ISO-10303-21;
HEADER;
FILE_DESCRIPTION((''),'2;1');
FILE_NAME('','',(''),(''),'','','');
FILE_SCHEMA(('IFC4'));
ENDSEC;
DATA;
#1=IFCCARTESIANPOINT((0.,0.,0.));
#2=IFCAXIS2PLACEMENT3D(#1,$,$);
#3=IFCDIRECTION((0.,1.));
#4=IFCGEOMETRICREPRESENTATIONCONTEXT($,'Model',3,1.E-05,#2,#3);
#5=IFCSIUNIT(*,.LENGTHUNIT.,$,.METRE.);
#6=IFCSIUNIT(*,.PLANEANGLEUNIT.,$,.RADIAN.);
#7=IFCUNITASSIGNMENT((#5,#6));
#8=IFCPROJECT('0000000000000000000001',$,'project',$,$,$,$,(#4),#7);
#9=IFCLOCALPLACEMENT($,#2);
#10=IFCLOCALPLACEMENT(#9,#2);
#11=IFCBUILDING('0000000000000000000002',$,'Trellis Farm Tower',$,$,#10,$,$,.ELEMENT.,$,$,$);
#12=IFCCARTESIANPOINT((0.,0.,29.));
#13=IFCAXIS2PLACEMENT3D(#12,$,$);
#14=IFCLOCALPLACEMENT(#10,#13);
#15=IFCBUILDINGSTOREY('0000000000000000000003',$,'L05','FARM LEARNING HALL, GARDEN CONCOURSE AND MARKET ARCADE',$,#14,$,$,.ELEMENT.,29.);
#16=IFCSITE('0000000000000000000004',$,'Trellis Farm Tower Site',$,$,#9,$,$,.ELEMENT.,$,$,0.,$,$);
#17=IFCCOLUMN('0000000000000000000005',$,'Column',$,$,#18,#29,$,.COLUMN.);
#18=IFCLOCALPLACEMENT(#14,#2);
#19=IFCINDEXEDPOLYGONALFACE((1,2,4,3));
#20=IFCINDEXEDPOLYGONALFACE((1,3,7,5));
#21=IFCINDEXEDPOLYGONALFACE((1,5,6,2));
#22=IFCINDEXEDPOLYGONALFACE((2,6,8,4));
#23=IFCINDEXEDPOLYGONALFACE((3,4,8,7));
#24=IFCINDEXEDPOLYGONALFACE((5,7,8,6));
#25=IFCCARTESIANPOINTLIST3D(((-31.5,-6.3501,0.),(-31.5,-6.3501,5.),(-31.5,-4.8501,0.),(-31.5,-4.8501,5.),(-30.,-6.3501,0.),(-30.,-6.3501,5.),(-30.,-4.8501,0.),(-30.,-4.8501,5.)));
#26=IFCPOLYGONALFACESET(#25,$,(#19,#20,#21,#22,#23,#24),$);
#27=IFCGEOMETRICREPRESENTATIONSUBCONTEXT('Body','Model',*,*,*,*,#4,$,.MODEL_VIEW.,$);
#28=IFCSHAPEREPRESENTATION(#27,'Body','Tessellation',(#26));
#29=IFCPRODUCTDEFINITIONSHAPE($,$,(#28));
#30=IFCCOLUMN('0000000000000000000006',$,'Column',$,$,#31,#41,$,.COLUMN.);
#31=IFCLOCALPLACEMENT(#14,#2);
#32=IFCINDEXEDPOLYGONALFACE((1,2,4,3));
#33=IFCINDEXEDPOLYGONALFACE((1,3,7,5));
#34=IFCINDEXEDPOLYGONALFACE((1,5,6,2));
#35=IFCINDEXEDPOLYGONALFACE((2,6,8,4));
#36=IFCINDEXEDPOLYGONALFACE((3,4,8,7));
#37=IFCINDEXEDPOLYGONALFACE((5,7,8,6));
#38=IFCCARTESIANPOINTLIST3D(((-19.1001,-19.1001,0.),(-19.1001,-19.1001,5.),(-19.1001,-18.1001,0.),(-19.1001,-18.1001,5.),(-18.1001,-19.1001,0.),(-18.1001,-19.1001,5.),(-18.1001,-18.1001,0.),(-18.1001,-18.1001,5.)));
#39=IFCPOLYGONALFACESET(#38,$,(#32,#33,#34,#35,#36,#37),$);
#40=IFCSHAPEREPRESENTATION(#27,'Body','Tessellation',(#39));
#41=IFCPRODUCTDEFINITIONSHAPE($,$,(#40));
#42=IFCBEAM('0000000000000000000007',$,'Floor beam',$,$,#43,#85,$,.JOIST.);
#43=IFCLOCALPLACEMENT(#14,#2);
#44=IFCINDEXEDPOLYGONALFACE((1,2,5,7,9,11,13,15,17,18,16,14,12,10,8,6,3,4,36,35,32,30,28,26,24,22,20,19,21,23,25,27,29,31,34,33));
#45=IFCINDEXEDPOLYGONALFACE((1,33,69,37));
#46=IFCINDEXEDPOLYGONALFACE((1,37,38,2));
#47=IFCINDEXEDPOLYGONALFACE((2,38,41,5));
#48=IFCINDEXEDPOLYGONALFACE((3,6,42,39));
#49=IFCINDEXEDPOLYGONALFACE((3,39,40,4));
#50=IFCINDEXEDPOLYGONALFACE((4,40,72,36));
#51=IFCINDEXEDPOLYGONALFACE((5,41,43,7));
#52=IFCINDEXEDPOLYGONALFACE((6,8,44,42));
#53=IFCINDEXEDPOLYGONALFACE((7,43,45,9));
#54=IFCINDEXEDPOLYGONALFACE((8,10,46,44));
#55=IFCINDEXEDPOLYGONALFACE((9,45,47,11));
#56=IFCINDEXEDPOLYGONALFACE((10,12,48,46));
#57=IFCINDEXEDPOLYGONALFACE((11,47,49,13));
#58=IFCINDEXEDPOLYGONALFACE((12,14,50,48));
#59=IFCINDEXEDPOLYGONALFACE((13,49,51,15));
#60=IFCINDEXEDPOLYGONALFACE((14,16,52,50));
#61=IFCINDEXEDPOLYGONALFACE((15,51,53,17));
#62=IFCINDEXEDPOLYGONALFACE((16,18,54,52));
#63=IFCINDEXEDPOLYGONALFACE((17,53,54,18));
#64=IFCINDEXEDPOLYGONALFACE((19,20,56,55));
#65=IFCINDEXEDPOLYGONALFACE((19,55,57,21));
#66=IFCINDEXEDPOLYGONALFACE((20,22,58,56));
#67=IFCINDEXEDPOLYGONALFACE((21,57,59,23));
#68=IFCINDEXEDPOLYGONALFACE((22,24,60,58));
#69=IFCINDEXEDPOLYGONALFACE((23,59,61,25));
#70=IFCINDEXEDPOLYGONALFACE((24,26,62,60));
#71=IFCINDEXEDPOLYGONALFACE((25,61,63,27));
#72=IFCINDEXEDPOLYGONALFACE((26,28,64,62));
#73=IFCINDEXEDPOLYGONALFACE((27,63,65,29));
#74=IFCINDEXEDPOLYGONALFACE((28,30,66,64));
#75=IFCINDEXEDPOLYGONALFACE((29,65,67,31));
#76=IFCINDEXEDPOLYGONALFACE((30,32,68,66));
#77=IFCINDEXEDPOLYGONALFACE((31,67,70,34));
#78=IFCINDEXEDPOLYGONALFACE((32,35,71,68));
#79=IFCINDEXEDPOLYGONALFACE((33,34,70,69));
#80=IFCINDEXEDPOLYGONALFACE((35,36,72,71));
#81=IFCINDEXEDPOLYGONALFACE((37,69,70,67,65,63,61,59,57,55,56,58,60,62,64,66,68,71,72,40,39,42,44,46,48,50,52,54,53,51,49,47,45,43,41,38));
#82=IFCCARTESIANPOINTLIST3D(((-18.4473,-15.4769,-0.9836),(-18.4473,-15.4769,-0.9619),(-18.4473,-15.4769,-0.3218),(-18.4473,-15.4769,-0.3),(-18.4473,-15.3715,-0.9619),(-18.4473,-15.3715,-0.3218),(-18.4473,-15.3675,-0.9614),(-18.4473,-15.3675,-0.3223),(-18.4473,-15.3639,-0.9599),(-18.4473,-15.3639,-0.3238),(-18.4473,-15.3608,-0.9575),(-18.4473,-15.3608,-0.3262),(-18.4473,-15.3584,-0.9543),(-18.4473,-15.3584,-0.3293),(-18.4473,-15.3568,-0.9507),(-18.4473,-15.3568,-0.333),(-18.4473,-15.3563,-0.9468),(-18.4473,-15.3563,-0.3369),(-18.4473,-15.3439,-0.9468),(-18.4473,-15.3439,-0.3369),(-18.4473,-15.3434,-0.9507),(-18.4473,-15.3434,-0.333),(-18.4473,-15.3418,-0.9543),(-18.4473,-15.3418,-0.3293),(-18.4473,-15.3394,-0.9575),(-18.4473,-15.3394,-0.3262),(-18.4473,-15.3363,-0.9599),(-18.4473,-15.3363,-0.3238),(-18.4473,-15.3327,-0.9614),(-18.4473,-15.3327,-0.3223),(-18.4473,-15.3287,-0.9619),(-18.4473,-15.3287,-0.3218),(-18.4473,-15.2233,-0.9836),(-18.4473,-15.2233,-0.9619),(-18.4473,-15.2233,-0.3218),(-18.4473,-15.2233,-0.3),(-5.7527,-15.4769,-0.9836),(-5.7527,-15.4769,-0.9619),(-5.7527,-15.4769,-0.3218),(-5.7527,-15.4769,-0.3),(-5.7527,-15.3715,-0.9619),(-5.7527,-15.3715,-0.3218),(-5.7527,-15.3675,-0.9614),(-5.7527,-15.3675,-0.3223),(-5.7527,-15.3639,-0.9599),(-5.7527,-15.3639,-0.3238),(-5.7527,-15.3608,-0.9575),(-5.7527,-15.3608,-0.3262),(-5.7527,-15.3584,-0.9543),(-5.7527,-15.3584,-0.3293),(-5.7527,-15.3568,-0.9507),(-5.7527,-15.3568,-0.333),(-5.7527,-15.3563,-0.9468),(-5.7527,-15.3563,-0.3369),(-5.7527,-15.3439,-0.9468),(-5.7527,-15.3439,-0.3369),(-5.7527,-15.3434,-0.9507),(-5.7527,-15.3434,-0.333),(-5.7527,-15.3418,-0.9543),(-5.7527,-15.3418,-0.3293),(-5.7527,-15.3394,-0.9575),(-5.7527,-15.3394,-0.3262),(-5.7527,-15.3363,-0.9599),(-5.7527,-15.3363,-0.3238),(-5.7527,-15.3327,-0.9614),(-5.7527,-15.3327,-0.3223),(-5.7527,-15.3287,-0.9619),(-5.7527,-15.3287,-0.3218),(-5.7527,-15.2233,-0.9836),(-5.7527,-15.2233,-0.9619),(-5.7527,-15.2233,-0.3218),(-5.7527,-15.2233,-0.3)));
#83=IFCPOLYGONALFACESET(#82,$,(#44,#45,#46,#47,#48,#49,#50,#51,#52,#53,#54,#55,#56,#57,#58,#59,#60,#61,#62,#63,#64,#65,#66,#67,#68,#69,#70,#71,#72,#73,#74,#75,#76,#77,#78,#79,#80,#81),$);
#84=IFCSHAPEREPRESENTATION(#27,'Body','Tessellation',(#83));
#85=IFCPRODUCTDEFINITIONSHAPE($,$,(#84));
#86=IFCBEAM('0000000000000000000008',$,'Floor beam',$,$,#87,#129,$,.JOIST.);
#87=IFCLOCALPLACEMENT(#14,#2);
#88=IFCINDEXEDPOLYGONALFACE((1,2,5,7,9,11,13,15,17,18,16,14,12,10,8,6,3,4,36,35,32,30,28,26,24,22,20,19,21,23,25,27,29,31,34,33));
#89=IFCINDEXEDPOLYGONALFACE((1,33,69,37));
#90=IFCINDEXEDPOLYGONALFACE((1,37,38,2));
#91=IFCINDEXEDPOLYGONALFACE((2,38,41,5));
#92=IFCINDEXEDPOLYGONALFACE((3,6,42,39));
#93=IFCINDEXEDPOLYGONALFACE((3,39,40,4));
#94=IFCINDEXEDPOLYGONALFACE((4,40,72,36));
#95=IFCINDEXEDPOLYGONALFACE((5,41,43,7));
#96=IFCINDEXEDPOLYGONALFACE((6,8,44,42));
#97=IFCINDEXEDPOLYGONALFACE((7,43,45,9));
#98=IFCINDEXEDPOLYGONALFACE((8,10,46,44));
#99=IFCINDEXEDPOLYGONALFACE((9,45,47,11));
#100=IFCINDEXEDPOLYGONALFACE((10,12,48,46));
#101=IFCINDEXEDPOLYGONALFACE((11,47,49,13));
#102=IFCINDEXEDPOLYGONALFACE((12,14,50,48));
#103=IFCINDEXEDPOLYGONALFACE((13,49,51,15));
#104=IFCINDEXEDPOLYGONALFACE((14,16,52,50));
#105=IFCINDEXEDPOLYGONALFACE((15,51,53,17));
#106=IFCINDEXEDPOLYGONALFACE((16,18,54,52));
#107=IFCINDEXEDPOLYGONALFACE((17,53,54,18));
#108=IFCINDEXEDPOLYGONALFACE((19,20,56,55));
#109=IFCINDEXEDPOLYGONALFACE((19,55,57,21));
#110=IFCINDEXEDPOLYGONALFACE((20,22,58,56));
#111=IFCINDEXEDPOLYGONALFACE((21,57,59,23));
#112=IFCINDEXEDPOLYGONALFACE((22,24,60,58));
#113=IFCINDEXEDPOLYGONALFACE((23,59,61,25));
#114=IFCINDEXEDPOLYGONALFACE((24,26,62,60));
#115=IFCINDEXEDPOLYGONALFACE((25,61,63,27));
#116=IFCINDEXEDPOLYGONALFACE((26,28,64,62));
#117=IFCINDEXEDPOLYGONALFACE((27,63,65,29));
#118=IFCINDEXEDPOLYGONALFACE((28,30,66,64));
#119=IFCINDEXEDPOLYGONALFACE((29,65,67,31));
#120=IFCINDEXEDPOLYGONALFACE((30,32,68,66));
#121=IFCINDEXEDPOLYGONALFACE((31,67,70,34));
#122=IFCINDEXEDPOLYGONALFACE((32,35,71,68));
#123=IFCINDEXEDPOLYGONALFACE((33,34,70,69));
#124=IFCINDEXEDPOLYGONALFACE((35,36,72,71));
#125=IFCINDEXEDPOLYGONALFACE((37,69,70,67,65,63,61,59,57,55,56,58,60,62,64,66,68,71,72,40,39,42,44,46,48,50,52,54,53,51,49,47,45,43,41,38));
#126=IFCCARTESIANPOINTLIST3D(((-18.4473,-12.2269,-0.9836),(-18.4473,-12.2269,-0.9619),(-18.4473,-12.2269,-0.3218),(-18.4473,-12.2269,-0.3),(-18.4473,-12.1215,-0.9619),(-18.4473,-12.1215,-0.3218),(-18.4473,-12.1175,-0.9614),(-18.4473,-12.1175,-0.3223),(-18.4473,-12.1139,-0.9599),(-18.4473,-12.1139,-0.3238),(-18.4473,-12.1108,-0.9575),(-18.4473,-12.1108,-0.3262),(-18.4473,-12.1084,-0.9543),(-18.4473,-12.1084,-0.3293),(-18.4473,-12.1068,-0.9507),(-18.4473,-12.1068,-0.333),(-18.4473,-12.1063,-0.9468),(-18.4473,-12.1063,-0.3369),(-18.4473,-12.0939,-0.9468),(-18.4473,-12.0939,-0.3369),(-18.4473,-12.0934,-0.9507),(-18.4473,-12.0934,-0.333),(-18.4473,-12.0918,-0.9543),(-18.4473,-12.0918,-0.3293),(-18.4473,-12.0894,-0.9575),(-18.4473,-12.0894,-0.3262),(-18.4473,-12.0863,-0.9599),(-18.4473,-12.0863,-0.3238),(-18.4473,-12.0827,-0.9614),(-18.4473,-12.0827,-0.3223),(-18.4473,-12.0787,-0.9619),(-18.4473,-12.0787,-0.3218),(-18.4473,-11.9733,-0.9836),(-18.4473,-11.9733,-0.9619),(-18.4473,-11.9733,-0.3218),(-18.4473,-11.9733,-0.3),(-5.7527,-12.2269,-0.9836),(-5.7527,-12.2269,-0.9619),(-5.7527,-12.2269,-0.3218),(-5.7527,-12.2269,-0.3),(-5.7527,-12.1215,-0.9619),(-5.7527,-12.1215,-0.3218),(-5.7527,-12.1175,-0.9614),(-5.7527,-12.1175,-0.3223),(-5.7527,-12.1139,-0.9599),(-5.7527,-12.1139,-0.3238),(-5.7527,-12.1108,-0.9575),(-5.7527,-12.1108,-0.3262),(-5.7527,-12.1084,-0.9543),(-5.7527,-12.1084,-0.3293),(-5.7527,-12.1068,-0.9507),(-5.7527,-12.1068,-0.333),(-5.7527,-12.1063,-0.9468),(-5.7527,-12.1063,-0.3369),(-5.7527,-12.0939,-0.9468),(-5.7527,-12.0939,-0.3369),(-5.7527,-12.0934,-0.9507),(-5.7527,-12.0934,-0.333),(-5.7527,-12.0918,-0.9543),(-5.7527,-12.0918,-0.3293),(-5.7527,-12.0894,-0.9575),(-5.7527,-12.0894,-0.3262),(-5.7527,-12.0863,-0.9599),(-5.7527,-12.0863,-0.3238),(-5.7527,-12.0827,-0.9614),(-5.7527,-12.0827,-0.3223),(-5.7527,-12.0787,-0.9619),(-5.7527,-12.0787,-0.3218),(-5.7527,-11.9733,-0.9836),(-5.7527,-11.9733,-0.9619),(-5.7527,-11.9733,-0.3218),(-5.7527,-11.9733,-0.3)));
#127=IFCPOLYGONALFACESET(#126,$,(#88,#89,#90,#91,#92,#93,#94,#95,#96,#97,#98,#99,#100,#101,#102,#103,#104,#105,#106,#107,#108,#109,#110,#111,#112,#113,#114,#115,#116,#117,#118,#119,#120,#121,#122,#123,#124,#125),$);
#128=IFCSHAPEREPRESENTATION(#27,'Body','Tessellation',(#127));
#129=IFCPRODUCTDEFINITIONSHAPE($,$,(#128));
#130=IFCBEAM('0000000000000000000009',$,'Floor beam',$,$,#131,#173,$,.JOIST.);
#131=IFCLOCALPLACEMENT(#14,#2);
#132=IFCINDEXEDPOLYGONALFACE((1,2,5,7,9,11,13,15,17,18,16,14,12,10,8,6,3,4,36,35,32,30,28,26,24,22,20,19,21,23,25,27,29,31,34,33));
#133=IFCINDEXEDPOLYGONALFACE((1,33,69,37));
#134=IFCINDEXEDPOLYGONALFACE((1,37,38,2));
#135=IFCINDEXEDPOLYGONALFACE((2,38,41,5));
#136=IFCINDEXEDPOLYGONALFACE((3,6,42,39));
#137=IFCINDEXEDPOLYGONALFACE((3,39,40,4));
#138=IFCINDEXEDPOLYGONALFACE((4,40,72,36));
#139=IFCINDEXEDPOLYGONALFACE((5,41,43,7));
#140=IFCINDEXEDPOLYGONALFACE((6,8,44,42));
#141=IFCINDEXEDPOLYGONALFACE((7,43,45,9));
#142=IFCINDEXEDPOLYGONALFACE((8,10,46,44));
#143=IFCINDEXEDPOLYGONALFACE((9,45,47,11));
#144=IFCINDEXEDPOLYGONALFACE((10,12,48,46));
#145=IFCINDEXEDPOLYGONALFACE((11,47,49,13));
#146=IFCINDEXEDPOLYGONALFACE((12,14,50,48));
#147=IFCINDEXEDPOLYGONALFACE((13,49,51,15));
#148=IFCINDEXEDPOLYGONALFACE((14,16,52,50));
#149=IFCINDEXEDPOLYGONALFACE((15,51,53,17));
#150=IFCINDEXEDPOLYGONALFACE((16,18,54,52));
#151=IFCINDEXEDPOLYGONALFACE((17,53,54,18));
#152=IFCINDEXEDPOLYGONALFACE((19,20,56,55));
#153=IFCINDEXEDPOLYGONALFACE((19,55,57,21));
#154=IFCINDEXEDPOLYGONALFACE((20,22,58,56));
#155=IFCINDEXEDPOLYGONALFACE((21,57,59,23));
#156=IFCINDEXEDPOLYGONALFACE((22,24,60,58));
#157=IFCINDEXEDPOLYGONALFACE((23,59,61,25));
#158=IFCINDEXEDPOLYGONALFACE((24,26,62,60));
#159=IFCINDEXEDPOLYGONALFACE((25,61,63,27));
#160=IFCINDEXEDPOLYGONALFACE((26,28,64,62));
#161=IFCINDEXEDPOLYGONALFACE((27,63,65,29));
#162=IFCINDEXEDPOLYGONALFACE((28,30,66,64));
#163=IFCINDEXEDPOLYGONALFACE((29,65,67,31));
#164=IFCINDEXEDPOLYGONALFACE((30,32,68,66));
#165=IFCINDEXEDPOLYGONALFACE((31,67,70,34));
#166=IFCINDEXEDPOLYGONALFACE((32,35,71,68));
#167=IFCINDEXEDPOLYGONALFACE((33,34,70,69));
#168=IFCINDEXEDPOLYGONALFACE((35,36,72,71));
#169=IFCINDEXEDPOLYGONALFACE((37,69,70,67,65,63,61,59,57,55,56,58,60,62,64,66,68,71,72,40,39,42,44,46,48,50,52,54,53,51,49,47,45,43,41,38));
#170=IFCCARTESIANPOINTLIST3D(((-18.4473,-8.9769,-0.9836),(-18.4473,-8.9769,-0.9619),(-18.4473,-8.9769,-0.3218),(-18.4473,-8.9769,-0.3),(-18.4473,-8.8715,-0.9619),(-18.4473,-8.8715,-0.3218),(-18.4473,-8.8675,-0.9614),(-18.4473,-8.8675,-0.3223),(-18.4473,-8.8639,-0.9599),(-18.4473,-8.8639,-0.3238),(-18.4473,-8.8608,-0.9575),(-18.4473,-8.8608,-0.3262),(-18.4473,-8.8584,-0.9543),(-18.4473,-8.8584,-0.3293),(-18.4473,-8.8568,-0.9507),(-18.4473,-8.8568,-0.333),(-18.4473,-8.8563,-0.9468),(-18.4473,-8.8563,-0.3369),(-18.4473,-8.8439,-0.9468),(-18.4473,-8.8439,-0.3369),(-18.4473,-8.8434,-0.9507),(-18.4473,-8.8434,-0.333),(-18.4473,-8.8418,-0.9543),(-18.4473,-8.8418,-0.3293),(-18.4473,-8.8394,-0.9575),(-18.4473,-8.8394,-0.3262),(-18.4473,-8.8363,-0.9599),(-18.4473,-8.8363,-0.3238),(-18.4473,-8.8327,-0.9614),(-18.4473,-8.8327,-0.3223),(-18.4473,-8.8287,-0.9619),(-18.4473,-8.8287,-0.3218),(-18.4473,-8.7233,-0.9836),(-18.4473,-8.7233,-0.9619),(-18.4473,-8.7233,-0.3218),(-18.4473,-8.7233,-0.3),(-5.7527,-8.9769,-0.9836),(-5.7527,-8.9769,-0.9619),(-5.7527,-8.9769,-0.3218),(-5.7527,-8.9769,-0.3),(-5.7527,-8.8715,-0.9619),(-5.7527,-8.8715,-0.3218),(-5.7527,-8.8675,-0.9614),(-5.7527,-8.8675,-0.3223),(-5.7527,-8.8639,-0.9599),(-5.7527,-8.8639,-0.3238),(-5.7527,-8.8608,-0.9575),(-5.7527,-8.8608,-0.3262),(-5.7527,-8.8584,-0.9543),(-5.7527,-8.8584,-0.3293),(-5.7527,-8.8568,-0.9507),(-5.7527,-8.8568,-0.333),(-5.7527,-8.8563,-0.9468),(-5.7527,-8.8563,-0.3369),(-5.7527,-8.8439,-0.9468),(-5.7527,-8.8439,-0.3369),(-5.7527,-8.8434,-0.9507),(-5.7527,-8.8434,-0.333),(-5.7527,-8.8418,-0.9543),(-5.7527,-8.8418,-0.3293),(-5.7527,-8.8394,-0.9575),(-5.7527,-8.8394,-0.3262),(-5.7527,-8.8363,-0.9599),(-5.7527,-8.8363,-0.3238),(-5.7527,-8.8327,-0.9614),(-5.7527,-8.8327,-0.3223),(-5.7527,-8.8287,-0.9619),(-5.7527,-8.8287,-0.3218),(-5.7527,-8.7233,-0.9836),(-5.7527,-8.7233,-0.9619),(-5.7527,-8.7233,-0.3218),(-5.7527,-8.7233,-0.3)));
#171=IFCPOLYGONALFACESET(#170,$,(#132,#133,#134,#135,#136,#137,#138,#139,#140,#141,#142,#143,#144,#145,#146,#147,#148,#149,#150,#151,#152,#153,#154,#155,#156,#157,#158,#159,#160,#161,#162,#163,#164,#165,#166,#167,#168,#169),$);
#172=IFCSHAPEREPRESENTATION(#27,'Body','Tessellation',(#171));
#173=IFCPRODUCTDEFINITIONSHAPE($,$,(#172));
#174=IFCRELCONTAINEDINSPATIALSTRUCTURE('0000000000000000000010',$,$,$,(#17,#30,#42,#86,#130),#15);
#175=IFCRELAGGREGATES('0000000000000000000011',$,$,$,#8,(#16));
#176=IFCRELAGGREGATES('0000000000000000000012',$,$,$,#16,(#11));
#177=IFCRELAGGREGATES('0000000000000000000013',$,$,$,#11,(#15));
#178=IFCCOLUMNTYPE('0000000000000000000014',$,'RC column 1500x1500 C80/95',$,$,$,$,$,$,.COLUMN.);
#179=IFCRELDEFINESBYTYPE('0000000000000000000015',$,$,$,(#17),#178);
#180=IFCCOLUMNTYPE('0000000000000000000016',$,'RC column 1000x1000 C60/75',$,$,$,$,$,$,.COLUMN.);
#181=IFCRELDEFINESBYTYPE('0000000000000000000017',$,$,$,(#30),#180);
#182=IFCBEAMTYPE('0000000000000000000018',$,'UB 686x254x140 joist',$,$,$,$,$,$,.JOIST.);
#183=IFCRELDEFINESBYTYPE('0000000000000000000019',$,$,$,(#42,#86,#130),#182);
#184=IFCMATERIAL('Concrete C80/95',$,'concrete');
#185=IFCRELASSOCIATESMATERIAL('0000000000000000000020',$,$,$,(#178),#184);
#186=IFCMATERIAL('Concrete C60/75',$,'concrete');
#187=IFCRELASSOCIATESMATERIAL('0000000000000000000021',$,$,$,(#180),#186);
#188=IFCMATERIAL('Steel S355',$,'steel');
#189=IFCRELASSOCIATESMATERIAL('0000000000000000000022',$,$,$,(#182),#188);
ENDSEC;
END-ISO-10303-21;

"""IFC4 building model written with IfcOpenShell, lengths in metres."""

from ifc_helpers import new_model, si_unit, direction, frame, origin, origin_2d, place, context, subcontext, project, spatial, rectangle, i_section, extrude, source, transform, mapped, material, material_profile, profile_set, type_object, element, save


model = new_model("IFC4")

# Units and contexts
model_context = context("Model", 3, precision=1e-05, world=origin(), true_north=direction((0.0, 1.0)))
body_context = subcontext(model_context, "Body", "Model", "MODEL_VIEW")
ifc_project = project(units=[si_unit("LENGTHUNIT", "METRE"), si_unit("PLANEANGLEUNIT", "RADIAN")], contexts=[model_context])

# Site, building, storey
site_placement = place(None, origin())
site = spatial("IfcSite", under=ifc_project, at=site_placement, Name="Trellis Farm Tower Site", CompositionType="ELEMENT", RefElevation=0.0)
building_placement = place(site_placement, origin())
building = spatial("IfcBuilding", under=site, at=building_placement, Name="Trellis Farm Tower", CompositionType="ELEMENT")
storey_placement = place(building_placement, frame((0.0, 0.0, 29.0)))
storey = spatial("IfcBuildingStorey", under=building, at=storey_placement, Name="L05", Description="FARM LEARNING HALL, GARDEN CONCOURSE AND MARKET ARCADE", CompositionType="ELEMENT", Elevation=29.0)

# Columns
ifc_material_1 = material(Name="Concrete C80/95", Category="concrete")
ifc_material_profile_1 = material_profile(ifc_material_1, rectangle(XDim=1.5, YDim=1.5, at=origin_2d()), Name="RC column 1500x1500 C80/95")
ifc_profile_set_1 = profile_set([ifc_material_profile_1], Name="Concrete C80/95")
column_type_1 = type_object("IfcColumnType", Name="RC column 1500x1500 C80/95", PredefinedType="COLUMN", material=ifc_profile_set_1)
shared_shape_1 = source(origin(), body_context, "Body", "SweptSolid", [
    extrude(rectangle(XDim=1.5, YDim=1.5, at=origin_2d()), origin(), (0.0, 0.0, 1.0), 5.0),
])
column_1_placement = place(storey_placement, frame((-30.75, -5.6001, 0.0), z_axis=(0.0, 0.0, 1.0), x_axis=(1.0, 0.0, 0.0)))
element("IfcColumn", 1, at=column_1_placement, inside=storey, type_object=column_type_1, Name="Column", PredefinedType="COLUMN", context=body_context, shape_type="MappedRepresentation", body=[
    mapped(shared_shape_1, transform((0.0, 0.0, 0.0))),
])
ifc_material_2 = material(Name="Concrete C60/75", Category="concrete")
ifc_material_profile_2 = material_profile(ifc_material_2, rectangle(XDim=1.0, YDim=1.0, at=origin_2d()), Name="RC column 1000x1000 C60/75")
ifc_profile_set_2 = profile_set([ifc_material_profile_2], Name="Concrete C60/75")
column_type_2 = type_object("IfcColumnType", Name="RC column 1000x1000 C60/75", PredefinedType="COLUMN", material=ifc_profile_set_2)
shared_shape_2 = source(origin(), body_context, "Body", "SweptSolid", [
    extrude(rectangle(XDim=1.0, YDim=1.0, at=origin_2d()), origin(), (0.0, 0.0, 1.0), 5.0),
])
column_2_placement = place(storey_placement, frame((-18.6001, -18.6001, 0.0), z_axis=(0.0, 0.0, 1.0), x_axis=(1.0, 0.0, 0.0)))
element("IfcColumn", 2, at=column_2_placement, inside=storey, type_object=column_type_2, Name="Column", PredefinedType="COLUMN", context=body_context, shape_type="MappedRepresentation", body=[
    mapped(shared_shape_2, transform((0.0, 0.0, 0.0))),
])

# Beams
ifc_material_3 = material(Name="Steel S355", Category="steel")
ifc_material_profile_3 = material_profile(ifc_material_3, i_section(OverallWidth=0.2537, OverallDepth=0.6836, WebThickness=0.0125, FlangeThickness=0.0217, FilletRadius=0.0151, at=origin_2d()), Name="UB 686x254x140")
ifc_profile_set_3 = profile_set([ifc_material_profile_3], Name="Steel S355")
beam_type_1 = type_object("IfcBeamType", Name="UB 686x254x140 joist", PredefinedType="JOIST", material=ifc_profile_set_3)
shared_shape_3 = source(origin(), body_context, "Body", "SweptSolid", [
    extrude(i_section(OverallWidth=0.2537, OverallDepth=0.6836, WebThickness=0.0125, FlangeThickness=0.0217, FilletRadius=0.0151, at=origin_2d()), origin(), (0.0, 0.0, 1.0), 12.6946),
])
for number, where, z_axis, x_axis, name in (
    (3, (-18.4473, -15.3501, -0.6418), (1.0, 0.0, 0.0), (0.0, 1.0, 0.0), "Floor beam"),
    (4, (-18.4473, -12.1001, -0.6418), (1.0, 0.0, 0.0), (0.0, 1.0, 0.0), "Floor beam"),
    (5, (-18.4473, -8.8501, -0.6418), (1.0, 0.0, 0.0), (0.0, 1.0, 0.0), "Floor beam"),
):
    element("IfcBeam", number, at=place(storey_placement, frame(where, z_axis=z_axis, x_axis=x_axis)), inside=storey, type_object=beam_type_1, Name=name, PredefinedType="JOIST", context=body_context, shape_type="MappedRepresentation", body=[
        mapped(shared_shape_3, transform((0.0, 0.0, 0.0))),
    ])

save(model, "model.ifc")
